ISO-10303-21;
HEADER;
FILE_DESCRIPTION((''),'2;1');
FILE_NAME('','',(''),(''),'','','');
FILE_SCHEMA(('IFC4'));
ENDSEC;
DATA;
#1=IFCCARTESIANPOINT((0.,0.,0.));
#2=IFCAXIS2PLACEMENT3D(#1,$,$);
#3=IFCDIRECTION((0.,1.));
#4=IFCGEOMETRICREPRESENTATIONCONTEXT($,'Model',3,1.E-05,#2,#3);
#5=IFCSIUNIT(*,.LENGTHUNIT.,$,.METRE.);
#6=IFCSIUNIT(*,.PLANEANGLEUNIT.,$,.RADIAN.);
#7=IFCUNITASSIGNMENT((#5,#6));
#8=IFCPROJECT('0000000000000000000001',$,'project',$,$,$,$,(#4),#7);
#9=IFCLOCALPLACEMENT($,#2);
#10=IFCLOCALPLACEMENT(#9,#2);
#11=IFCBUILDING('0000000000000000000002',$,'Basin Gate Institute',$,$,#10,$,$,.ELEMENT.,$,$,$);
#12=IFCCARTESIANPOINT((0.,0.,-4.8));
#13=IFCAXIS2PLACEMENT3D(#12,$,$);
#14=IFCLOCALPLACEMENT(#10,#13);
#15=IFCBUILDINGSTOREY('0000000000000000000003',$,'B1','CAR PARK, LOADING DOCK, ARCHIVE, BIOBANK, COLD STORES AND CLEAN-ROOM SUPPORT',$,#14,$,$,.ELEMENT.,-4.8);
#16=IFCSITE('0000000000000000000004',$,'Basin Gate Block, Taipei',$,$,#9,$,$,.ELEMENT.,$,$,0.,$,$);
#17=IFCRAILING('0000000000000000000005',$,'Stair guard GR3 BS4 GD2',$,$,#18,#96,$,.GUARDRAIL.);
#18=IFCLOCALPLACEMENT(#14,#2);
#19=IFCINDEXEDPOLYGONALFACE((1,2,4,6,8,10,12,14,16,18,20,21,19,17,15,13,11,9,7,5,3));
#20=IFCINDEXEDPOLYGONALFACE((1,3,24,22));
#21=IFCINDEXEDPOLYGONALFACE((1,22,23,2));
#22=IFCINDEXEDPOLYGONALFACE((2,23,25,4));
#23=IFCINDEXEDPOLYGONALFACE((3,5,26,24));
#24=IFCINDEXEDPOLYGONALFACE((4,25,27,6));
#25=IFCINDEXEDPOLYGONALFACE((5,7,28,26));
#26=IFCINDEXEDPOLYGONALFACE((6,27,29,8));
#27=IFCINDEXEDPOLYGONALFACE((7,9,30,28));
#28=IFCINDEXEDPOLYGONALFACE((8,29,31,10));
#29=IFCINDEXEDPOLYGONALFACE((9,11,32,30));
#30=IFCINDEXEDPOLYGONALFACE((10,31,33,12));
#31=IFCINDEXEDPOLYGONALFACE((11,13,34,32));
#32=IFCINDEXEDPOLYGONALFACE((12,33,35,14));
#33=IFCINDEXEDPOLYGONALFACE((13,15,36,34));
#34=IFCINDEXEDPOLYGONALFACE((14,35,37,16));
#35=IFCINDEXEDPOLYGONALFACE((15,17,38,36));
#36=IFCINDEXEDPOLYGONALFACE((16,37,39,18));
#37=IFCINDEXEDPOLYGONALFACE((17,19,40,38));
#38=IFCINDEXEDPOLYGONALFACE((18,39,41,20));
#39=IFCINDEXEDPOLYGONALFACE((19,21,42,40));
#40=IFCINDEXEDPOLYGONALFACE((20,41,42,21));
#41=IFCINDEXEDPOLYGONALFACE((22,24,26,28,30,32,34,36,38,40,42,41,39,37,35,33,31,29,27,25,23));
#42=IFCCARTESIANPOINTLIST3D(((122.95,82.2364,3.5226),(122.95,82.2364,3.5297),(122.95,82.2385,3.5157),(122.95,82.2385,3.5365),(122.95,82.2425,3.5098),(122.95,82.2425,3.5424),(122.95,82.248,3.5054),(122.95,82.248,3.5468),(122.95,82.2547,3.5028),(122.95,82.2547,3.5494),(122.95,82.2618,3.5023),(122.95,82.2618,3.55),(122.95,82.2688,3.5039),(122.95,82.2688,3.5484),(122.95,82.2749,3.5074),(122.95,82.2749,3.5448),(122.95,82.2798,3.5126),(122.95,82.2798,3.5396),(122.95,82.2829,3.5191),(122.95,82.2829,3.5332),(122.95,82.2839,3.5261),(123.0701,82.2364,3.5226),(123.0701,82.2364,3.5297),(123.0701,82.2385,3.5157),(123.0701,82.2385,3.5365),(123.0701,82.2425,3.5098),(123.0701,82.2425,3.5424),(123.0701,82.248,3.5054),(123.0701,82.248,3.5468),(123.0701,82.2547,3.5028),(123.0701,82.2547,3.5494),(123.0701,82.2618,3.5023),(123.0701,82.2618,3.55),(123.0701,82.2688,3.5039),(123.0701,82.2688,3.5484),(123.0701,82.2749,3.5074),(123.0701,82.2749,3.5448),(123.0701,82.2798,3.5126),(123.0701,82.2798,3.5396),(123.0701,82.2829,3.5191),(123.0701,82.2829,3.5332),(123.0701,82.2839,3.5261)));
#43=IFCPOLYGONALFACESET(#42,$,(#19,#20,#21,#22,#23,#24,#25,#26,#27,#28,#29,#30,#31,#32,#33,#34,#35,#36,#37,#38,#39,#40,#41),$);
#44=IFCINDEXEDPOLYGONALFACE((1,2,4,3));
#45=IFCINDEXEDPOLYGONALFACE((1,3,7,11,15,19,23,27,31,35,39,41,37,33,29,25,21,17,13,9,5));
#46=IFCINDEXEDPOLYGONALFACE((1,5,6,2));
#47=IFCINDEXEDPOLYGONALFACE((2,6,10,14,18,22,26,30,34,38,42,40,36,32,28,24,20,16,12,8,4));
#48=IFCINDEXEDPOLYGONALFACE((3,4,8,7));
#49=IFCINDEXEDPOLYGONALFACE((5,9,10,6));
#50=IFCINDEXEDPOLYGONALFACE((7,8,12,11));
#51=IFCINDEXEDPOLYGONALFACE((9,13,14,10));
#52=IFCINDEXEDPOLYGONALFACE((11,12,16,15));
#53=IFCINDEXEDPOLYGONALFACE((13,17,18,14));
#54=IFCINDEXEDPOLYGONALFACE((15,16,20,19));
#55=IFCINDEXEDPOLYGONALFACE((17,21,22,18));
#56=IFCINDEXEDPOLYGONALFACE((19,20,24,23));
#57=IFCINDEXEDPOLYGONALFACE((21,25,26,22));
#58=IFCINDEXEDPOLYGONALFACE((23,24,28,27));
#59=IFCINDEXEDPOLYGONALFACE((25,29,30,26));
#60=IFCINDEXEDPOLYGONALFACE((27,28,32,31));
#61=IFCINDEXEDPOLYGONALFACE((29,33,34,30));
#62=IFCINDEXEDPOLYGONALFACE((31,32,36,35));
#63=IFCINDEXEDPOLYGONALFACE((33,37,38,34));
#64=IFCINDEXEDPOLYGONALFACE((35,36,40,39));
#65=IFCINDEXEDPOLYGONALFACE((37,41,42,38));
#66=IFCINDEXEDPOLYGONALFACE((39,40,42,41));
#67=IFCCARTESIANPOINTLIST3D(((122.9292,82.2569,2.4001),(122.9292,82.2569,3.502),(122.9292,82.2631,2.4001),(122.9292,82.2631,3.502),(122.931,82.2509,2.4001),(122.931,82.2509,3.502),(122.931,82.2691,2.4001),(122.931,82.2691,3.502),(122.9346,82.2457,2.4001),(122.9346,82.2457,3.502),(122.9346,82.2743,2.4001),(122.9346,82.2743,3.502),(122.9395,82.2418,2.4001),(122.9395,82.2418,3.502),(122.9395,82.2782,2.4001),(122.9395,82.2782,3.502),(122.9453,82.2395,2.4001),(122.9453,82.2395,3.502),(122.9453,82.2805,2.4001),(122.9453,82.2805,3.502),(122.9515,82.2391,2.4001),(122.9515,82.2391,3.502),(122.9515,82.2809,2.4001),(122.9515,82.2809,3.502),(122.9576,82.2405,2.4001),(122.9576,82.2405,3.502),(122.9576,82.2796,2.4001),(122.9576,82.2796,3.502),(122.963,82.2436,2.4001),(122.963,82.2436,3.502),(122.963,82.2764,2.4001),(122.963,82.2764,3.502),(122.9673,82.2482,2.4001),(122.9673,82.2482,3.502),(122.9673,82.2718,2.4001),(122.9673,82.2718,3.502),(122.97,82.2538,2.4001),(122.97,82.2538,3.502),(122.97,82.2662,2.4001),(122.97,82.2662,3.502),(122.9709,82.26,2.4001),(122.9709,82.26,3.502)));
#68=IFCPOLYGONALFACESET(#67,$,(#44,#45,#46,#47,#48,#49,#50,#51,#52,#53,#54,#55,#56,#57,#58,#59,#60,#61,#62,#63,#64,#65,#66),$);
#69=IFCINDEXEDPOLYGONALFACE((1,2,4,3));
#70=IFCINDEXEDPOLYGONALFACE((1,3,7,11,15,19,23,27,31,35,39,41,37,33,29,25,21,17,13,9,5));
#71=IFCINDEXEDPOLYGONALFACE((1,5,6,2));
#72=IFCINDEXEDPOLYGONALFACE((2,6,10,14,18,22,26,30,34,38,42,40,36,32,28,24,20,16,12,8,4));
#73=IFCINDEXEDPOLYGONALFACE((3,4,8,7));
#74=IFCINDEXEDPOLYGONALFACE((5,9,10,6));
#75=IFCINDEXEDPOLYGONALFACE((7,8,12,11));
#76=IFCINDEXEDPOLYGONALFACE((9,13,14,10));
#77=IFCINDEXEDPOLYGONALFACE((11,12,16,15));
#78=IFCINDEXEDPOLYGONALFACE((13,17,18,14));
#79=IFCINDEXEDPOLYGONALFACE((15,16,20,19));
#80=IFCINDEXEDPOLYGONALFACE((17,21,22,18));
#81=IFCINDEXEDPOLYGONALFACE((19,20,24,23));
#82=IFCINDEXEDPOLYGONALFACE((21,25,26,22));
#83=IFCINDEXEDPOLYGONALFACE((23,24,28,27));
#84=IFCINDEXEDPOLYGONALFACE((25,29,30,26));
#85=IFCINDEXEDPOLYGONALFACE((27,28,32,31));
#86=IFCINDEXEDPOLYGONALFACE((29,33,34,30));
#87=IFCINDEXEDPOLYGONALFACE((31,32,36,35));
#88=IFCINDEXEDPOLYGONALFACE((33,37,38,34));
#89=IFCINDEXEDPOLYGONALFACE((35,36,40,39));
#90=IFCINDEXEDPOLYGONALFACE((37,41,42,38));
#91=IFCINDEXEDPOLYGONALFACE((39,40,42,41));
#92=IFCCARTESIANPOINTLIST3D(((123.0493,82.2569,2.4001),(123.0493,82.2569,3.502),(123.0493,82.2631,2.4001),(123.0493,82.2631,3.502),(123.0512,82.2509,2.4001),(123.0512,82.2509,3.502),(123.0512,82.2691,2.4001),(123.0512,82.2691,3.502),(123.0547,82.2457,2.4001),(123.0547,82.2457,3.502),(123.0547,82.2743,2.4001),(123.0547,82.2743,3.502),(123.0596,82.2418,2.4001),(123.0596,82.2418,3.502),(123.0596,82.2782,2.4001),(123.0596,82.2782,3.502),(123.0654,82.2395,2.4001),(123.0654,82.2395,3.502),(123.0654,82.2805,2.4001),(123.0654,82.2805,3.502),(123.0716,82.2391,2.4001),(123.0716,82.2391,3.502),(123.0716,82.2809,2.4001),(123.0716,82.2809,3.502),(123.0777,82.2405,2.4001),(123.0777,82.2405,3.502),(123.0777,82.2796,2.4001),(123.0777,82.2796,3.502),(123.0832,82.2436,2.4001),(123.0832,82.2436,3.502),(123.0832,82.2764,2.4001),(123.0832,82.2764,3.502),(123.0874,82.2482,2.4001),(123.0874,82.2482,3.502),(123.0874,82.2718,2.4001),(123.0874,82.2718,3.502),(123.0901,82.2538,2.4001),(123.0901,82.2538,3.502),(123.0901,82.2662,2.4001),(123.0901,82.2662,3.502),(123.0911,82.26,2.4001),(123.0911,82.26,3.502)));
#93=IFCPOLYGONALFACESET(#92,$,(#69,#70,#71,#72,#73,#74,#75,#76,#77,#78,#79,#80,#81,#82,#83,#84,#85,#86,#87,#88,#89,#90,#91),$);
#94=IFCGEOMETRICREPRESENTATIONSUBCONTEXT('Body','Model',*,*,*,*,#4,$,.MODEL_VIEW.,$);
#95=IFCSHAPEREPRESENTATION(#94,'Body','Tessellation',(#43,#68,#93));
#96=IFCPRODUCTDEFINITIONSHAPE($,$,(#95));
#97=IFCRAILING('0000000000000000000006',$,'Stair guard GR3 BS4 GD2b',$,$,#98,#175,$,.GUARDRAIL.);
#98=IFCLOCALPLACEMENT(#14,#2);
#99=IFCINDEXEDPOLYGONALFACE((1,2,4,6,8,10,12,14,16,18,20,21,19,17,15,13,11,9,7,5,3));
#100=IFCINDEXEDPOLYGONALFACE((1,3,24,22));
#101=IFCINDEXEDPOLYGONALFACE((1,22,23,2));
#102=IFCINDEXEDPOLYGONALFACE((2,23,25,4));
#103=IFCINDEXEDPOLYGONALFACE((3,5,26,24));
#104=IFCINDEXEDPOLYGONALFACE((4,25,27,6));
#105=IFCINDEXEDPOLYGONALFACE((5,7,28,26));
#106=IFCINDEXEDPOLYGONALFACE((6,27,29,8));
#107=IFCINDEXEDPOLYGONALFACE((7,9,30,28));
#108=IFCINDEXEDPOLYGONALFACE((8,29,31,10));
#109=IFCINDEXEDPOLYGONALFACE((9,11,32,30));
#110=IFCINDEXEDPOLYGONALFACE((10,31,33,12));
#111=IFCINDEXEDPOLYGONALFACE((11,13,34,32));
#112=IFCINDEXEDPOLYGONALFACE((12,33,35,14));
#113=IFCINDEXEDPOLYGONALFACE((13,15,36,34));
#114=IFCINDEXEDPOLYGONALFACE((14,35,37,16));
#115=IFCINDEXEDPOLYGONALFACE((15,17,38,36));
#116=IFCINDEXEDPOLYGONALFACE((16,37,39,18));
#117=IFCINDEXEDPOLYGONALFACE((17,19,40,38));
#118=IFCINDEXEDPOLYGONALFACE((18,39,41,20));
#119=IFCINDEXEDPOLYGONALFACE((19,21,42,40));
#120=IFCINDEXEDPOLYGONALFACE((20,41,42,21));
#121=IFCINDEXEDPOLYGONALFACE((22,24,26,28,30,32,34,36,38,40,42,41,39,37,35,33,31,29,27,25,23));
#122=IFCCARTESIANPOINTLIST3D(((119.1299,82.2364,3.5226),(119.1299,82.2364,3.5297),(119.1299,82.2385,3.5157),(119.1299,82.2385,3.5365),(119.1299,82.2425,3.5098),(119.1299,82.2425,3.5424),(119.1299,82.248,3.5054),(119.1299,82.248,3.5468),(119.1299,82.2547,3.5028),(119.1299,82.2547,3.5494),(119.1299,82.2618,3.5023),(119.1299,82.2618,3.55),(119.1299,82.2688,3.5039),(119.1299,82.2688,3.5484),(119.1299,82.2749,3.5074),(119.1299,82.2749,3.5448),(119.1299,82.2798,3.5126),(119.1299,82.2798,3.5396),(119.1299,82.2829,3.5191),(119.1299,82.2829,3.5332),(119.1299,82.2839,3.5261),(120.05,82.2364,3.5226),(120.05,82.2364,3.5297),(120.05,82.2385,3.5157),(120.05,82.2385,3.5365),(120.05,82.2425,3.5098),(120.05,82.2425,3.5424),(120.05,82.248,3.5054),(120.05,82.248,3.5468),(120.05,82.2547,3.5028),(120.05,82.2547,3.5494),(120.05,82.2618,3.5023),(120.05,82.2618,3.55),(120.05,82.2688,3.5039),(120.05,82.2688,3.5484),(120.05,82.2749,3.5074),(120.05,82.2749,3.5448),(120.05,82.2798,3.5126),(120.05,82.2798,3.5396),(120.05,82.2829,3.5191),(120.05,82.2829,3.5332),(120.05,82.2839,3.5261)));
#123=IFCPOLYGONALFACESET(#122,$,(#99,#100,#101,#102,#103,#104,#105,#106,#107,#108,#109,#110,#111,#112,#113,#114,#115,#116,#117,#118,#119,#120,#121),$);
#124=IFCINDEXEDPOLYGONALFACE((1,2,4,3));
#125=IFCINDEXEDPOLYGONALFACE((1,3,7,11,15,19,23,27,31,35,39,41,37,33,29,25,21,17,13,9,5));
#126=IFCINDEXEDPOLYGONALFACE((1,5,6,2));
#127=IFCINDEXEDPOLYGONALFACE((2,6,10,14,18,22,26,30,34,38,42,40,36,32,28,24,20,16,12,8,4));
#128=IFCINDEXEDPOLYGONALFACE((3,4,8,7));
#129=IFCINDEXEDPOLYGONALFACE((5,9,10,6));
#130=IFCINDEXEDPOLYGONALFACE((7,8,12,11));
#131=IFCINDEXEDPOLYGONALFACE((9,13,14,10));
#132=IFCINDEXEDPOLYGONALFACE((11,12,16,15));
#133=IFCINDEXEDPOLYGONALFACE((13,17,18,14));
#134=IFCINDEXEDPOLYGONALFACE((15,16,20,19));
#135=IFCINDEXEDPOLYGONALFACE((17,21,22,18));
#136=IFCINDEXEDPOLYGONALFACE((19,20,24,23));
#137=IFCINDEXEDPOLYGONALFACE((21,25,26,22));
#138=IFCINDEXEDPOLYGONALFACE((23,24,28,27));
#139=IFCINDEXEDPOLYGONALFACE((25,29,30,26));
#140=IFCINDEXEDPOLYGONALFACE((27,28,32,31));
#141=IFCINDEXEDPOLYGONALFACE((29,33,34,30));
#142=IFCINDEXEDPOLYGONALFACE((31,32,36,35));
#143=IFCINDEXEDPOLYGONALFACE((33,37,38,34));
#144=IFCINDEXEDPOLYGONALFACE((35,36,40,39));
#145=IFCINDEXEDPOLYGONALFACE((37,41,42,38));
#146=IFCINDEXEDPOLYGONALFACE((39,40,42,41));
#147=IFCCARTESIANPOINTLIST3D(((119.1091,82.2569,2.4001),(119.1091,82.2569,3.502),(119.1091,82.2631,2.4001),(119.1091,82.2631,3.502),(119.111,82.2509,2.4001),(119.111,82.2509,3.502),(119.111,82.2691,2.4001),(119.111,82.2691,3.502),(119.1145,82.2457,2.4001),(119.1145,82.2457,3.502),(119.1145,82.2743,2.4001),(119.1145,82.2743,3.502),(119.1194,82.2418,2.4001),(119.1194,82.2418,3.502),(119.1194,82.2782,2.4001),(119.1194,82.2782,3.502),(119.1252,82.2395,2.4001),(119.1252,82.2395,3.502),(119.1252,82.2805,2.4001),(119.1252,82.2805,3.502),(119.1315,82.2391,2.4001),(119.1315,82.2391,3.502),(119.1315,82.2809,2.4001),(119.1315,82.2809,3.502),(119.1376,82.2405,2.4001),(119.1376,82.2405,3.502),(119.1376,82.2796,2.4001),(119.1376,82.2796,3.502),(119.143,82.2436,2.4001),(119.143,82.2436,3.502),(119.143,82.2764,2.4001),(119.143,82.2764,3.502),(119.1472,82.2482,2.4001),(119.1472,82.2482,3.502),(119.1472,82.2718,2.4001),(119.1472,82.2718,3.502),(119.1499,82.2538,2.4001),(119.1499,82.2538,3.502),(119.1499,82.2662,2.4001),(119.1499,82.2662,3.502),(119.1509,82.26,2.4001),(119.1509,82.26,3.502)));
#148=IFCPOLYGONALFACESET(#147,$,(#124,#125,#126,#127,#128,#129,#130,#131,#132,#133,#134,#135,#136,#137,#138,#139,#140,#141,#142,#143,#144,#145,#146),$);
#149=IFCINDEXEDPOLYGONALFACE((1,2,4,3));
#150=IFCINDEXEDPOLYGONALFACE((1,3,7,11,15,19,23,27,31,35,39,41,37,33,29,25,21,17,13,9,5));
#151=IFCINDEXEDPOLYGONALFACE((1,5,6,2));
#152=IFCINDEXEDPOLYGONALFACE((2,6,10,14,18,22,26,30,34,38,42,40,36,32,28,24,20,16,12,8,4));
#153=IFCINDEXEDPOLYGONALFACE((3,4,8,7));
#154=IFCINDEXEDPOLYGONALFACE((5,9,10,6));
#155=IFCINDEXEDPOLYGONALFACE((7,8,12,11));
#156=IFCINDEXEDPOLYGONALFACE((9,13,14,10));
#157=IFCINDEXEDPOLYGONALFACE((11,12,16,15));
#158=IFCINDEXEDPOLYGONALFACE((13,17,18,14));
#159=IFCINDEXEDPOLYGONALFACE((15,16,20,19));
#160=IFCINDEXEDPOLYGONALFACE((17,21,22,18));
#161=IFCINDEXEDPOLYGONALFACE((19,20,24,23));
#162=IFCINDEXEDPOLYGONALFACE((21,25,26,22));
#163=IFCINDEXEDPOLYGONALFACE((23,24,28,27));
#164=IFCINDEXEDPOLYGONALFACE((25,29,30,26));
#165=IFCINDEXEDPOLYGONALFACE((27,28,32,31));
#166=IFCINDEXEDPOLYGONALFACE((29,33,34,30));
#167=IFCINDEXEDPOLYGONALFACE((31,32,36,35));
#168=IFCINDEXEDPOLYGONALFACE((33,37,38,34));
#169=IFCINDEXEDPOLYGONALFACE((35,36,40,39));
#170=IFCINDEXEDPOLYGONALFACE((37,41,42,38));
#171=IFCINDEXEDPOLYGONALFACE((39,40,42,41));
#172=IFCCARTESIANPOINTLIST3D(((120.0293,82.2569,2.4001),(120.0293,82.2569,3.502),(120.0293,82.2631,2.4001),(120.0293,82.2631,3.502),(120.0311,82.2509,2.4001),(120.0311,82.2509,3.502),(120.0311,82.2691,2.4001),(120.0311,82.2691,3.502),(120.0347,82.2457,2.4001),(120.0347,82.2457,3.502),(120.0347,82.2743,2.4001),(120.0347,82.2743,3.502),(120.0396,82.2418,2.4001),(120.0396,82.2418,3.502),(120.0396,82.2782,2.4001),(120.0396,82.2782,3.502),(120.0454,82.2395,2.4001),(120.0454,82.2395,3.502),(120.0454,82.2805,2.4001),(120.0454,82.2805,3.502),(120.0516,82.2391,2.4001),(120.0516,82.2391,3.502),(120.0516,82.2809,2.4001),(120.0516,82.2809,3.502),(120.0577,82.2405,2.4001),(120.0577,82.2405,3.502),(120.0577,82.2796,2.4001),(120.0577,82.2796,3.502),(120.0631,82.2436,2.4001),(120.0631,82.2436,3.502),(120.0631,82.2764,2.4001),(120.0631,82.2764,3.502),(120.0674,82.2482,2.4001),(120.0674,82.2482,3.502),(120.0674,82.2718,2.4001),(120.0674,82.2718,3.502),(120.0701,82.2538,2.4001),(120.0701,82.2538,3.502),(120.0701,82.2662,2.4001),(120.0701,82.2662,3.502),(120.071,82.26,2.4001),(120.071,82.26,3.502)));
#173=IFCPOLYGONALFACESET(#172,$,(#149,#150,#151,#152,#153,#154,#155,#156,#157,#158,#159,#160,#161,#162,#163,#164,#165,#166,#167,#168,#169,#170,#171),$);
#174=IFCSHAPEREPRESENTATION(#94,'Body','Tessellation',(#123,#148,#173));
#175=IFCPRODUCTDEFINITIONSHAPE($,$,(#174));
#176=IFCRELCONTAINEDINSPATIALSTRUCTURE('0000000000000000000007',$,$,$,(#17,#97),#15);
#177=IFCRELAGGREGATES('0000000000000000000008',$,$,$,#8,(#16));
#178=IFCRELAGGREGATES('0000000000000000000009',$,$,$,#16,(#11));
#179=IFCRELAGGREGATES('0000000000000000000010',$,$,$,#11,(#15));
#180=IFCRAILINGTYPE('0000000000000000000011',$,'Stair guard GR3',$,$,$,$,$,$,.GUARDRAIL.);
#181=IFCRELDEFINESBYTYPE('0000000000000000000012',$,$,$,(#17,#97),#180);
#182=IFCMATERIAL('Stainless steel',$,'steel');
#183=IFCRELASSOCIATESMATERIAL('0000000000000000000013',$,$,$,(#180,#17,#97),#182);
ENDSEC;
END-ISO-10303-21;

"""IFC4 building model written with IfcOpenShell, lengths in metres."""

from ifc_helpers import new_model, si_unit, direction, frame, origin, origin_2d, place, context, subcontext, project, spatial, circle, extrude, material, type_object, element, save


model = new_model("IFC4")

# Units and contexts
model_context = context("Model", 3, precision=1e-05, world=origin(), true_north=direction((0.0, 1.0)))
body_context = subcontext(model_context, "Body", "Model", "MODEL_VIEW")
ifc_project = project(units=[si_unit("LENGTHUNIT", "METRE"), si_unit("PLANEANGLEUNIT", "RADIAN")], contexts=[model_context])

# Site, building, storey
site_placement = place(None, origin())
site = spatial("IfcSite", under=ifc_project, at=site_placement, Name="Basin Gate Block, Taipei", CompositionType="ELEMENT", RefElevation=0.0)
building_placement = place(site_placement, origin())
building = spatial("IfcBuilding", under=site, at=building_placement, Name="Basin Gate Institute", CompositionType="ELEMENT")
storey_placement = place(building_placement, frame((0.0, 0.0, -4.8)))
storey = spatial("IfcBuildingStorey", under=building, at=storey_placement, Name="B1", Description="CAR PARK, LOADING DOCK, ARCHIVE, BIOBANK, COLD STORES AND CLEAN-ROOM SUPPORT", CompositionType="ELEMENT", Elevation=-4.8)

# Railings
ifc_material_1 = material(Name="Stainless steel", Category="steel")
railing_type_1 = type_object("IfcRailingType", Name="Stair guard GR3", PredefinedType="GUARDRAIL", material=ifc_material_1)
railing_1_placement = place(storey_placement, frame((122.95, 82.26, 2.4001)))
element("IfcRailing", 1, at=railing_1_placement, inside=storey, type_object=railing_type_1, material=ifc_material_1, Name="Stair guard GR3 BS4 GD2", PredefinedType="GUARDRAIL", context=body_context, shape_type="SweptSolid", body=[
    extrude(circle(Radius=0.0239, at=origin_2d()), frame((0.0, 0.0, 1.126), z_axis=(1.0, 0.0, 0.0), x_axis=(0.0, 1.0, 0.0)), (0.0, 0.0, 1.0), 0.1201),
    extrude(circle(Radius=0.021, at=origin_2d()), origin(), (0.0, 0.0, 1.0), 1.1018),
    extrude(circle(Radius=0.021, at=origin_2d()), frame((0.1201, 0.0, 0.0)), (0.0, 0.0, 1.0), 1.1018),
])
railing_2_placement = place(storey_placement, frame((119.1299, 82.26, 2.4001)))
element("IfcRailing", 2, at=railing_2_placement, inside=storey, type_object=railing_type_1, material=ifc_material_1, Name="Stair guard GR3 BS4 GD2b", PredefinedType="GUARDRAIL", context=body_context, shape_type="SweptSolid", body=[
    extrude(circle(Radius=0.0239, at=origin_2d()), frame((0.0, 0.0, 1.126), z_axis=(1.0, 0.0, 0.0), x_axis=(0.0, 1.0, 0.0)), (0.0, 0.0, 1.0), 0.9202),
    extrude(circle(Radius=0.021, at=origin_2d()), origin(), (0.0, 0.0, 1.0), 1.1018),
    extrude(circle(Radius=0.021, at=origin_2d()), frame((0.9202, 0.0, 0.0)), (0.0, 0.0, 1.0), 1.1018),
])

save(model, "model.ifc")
